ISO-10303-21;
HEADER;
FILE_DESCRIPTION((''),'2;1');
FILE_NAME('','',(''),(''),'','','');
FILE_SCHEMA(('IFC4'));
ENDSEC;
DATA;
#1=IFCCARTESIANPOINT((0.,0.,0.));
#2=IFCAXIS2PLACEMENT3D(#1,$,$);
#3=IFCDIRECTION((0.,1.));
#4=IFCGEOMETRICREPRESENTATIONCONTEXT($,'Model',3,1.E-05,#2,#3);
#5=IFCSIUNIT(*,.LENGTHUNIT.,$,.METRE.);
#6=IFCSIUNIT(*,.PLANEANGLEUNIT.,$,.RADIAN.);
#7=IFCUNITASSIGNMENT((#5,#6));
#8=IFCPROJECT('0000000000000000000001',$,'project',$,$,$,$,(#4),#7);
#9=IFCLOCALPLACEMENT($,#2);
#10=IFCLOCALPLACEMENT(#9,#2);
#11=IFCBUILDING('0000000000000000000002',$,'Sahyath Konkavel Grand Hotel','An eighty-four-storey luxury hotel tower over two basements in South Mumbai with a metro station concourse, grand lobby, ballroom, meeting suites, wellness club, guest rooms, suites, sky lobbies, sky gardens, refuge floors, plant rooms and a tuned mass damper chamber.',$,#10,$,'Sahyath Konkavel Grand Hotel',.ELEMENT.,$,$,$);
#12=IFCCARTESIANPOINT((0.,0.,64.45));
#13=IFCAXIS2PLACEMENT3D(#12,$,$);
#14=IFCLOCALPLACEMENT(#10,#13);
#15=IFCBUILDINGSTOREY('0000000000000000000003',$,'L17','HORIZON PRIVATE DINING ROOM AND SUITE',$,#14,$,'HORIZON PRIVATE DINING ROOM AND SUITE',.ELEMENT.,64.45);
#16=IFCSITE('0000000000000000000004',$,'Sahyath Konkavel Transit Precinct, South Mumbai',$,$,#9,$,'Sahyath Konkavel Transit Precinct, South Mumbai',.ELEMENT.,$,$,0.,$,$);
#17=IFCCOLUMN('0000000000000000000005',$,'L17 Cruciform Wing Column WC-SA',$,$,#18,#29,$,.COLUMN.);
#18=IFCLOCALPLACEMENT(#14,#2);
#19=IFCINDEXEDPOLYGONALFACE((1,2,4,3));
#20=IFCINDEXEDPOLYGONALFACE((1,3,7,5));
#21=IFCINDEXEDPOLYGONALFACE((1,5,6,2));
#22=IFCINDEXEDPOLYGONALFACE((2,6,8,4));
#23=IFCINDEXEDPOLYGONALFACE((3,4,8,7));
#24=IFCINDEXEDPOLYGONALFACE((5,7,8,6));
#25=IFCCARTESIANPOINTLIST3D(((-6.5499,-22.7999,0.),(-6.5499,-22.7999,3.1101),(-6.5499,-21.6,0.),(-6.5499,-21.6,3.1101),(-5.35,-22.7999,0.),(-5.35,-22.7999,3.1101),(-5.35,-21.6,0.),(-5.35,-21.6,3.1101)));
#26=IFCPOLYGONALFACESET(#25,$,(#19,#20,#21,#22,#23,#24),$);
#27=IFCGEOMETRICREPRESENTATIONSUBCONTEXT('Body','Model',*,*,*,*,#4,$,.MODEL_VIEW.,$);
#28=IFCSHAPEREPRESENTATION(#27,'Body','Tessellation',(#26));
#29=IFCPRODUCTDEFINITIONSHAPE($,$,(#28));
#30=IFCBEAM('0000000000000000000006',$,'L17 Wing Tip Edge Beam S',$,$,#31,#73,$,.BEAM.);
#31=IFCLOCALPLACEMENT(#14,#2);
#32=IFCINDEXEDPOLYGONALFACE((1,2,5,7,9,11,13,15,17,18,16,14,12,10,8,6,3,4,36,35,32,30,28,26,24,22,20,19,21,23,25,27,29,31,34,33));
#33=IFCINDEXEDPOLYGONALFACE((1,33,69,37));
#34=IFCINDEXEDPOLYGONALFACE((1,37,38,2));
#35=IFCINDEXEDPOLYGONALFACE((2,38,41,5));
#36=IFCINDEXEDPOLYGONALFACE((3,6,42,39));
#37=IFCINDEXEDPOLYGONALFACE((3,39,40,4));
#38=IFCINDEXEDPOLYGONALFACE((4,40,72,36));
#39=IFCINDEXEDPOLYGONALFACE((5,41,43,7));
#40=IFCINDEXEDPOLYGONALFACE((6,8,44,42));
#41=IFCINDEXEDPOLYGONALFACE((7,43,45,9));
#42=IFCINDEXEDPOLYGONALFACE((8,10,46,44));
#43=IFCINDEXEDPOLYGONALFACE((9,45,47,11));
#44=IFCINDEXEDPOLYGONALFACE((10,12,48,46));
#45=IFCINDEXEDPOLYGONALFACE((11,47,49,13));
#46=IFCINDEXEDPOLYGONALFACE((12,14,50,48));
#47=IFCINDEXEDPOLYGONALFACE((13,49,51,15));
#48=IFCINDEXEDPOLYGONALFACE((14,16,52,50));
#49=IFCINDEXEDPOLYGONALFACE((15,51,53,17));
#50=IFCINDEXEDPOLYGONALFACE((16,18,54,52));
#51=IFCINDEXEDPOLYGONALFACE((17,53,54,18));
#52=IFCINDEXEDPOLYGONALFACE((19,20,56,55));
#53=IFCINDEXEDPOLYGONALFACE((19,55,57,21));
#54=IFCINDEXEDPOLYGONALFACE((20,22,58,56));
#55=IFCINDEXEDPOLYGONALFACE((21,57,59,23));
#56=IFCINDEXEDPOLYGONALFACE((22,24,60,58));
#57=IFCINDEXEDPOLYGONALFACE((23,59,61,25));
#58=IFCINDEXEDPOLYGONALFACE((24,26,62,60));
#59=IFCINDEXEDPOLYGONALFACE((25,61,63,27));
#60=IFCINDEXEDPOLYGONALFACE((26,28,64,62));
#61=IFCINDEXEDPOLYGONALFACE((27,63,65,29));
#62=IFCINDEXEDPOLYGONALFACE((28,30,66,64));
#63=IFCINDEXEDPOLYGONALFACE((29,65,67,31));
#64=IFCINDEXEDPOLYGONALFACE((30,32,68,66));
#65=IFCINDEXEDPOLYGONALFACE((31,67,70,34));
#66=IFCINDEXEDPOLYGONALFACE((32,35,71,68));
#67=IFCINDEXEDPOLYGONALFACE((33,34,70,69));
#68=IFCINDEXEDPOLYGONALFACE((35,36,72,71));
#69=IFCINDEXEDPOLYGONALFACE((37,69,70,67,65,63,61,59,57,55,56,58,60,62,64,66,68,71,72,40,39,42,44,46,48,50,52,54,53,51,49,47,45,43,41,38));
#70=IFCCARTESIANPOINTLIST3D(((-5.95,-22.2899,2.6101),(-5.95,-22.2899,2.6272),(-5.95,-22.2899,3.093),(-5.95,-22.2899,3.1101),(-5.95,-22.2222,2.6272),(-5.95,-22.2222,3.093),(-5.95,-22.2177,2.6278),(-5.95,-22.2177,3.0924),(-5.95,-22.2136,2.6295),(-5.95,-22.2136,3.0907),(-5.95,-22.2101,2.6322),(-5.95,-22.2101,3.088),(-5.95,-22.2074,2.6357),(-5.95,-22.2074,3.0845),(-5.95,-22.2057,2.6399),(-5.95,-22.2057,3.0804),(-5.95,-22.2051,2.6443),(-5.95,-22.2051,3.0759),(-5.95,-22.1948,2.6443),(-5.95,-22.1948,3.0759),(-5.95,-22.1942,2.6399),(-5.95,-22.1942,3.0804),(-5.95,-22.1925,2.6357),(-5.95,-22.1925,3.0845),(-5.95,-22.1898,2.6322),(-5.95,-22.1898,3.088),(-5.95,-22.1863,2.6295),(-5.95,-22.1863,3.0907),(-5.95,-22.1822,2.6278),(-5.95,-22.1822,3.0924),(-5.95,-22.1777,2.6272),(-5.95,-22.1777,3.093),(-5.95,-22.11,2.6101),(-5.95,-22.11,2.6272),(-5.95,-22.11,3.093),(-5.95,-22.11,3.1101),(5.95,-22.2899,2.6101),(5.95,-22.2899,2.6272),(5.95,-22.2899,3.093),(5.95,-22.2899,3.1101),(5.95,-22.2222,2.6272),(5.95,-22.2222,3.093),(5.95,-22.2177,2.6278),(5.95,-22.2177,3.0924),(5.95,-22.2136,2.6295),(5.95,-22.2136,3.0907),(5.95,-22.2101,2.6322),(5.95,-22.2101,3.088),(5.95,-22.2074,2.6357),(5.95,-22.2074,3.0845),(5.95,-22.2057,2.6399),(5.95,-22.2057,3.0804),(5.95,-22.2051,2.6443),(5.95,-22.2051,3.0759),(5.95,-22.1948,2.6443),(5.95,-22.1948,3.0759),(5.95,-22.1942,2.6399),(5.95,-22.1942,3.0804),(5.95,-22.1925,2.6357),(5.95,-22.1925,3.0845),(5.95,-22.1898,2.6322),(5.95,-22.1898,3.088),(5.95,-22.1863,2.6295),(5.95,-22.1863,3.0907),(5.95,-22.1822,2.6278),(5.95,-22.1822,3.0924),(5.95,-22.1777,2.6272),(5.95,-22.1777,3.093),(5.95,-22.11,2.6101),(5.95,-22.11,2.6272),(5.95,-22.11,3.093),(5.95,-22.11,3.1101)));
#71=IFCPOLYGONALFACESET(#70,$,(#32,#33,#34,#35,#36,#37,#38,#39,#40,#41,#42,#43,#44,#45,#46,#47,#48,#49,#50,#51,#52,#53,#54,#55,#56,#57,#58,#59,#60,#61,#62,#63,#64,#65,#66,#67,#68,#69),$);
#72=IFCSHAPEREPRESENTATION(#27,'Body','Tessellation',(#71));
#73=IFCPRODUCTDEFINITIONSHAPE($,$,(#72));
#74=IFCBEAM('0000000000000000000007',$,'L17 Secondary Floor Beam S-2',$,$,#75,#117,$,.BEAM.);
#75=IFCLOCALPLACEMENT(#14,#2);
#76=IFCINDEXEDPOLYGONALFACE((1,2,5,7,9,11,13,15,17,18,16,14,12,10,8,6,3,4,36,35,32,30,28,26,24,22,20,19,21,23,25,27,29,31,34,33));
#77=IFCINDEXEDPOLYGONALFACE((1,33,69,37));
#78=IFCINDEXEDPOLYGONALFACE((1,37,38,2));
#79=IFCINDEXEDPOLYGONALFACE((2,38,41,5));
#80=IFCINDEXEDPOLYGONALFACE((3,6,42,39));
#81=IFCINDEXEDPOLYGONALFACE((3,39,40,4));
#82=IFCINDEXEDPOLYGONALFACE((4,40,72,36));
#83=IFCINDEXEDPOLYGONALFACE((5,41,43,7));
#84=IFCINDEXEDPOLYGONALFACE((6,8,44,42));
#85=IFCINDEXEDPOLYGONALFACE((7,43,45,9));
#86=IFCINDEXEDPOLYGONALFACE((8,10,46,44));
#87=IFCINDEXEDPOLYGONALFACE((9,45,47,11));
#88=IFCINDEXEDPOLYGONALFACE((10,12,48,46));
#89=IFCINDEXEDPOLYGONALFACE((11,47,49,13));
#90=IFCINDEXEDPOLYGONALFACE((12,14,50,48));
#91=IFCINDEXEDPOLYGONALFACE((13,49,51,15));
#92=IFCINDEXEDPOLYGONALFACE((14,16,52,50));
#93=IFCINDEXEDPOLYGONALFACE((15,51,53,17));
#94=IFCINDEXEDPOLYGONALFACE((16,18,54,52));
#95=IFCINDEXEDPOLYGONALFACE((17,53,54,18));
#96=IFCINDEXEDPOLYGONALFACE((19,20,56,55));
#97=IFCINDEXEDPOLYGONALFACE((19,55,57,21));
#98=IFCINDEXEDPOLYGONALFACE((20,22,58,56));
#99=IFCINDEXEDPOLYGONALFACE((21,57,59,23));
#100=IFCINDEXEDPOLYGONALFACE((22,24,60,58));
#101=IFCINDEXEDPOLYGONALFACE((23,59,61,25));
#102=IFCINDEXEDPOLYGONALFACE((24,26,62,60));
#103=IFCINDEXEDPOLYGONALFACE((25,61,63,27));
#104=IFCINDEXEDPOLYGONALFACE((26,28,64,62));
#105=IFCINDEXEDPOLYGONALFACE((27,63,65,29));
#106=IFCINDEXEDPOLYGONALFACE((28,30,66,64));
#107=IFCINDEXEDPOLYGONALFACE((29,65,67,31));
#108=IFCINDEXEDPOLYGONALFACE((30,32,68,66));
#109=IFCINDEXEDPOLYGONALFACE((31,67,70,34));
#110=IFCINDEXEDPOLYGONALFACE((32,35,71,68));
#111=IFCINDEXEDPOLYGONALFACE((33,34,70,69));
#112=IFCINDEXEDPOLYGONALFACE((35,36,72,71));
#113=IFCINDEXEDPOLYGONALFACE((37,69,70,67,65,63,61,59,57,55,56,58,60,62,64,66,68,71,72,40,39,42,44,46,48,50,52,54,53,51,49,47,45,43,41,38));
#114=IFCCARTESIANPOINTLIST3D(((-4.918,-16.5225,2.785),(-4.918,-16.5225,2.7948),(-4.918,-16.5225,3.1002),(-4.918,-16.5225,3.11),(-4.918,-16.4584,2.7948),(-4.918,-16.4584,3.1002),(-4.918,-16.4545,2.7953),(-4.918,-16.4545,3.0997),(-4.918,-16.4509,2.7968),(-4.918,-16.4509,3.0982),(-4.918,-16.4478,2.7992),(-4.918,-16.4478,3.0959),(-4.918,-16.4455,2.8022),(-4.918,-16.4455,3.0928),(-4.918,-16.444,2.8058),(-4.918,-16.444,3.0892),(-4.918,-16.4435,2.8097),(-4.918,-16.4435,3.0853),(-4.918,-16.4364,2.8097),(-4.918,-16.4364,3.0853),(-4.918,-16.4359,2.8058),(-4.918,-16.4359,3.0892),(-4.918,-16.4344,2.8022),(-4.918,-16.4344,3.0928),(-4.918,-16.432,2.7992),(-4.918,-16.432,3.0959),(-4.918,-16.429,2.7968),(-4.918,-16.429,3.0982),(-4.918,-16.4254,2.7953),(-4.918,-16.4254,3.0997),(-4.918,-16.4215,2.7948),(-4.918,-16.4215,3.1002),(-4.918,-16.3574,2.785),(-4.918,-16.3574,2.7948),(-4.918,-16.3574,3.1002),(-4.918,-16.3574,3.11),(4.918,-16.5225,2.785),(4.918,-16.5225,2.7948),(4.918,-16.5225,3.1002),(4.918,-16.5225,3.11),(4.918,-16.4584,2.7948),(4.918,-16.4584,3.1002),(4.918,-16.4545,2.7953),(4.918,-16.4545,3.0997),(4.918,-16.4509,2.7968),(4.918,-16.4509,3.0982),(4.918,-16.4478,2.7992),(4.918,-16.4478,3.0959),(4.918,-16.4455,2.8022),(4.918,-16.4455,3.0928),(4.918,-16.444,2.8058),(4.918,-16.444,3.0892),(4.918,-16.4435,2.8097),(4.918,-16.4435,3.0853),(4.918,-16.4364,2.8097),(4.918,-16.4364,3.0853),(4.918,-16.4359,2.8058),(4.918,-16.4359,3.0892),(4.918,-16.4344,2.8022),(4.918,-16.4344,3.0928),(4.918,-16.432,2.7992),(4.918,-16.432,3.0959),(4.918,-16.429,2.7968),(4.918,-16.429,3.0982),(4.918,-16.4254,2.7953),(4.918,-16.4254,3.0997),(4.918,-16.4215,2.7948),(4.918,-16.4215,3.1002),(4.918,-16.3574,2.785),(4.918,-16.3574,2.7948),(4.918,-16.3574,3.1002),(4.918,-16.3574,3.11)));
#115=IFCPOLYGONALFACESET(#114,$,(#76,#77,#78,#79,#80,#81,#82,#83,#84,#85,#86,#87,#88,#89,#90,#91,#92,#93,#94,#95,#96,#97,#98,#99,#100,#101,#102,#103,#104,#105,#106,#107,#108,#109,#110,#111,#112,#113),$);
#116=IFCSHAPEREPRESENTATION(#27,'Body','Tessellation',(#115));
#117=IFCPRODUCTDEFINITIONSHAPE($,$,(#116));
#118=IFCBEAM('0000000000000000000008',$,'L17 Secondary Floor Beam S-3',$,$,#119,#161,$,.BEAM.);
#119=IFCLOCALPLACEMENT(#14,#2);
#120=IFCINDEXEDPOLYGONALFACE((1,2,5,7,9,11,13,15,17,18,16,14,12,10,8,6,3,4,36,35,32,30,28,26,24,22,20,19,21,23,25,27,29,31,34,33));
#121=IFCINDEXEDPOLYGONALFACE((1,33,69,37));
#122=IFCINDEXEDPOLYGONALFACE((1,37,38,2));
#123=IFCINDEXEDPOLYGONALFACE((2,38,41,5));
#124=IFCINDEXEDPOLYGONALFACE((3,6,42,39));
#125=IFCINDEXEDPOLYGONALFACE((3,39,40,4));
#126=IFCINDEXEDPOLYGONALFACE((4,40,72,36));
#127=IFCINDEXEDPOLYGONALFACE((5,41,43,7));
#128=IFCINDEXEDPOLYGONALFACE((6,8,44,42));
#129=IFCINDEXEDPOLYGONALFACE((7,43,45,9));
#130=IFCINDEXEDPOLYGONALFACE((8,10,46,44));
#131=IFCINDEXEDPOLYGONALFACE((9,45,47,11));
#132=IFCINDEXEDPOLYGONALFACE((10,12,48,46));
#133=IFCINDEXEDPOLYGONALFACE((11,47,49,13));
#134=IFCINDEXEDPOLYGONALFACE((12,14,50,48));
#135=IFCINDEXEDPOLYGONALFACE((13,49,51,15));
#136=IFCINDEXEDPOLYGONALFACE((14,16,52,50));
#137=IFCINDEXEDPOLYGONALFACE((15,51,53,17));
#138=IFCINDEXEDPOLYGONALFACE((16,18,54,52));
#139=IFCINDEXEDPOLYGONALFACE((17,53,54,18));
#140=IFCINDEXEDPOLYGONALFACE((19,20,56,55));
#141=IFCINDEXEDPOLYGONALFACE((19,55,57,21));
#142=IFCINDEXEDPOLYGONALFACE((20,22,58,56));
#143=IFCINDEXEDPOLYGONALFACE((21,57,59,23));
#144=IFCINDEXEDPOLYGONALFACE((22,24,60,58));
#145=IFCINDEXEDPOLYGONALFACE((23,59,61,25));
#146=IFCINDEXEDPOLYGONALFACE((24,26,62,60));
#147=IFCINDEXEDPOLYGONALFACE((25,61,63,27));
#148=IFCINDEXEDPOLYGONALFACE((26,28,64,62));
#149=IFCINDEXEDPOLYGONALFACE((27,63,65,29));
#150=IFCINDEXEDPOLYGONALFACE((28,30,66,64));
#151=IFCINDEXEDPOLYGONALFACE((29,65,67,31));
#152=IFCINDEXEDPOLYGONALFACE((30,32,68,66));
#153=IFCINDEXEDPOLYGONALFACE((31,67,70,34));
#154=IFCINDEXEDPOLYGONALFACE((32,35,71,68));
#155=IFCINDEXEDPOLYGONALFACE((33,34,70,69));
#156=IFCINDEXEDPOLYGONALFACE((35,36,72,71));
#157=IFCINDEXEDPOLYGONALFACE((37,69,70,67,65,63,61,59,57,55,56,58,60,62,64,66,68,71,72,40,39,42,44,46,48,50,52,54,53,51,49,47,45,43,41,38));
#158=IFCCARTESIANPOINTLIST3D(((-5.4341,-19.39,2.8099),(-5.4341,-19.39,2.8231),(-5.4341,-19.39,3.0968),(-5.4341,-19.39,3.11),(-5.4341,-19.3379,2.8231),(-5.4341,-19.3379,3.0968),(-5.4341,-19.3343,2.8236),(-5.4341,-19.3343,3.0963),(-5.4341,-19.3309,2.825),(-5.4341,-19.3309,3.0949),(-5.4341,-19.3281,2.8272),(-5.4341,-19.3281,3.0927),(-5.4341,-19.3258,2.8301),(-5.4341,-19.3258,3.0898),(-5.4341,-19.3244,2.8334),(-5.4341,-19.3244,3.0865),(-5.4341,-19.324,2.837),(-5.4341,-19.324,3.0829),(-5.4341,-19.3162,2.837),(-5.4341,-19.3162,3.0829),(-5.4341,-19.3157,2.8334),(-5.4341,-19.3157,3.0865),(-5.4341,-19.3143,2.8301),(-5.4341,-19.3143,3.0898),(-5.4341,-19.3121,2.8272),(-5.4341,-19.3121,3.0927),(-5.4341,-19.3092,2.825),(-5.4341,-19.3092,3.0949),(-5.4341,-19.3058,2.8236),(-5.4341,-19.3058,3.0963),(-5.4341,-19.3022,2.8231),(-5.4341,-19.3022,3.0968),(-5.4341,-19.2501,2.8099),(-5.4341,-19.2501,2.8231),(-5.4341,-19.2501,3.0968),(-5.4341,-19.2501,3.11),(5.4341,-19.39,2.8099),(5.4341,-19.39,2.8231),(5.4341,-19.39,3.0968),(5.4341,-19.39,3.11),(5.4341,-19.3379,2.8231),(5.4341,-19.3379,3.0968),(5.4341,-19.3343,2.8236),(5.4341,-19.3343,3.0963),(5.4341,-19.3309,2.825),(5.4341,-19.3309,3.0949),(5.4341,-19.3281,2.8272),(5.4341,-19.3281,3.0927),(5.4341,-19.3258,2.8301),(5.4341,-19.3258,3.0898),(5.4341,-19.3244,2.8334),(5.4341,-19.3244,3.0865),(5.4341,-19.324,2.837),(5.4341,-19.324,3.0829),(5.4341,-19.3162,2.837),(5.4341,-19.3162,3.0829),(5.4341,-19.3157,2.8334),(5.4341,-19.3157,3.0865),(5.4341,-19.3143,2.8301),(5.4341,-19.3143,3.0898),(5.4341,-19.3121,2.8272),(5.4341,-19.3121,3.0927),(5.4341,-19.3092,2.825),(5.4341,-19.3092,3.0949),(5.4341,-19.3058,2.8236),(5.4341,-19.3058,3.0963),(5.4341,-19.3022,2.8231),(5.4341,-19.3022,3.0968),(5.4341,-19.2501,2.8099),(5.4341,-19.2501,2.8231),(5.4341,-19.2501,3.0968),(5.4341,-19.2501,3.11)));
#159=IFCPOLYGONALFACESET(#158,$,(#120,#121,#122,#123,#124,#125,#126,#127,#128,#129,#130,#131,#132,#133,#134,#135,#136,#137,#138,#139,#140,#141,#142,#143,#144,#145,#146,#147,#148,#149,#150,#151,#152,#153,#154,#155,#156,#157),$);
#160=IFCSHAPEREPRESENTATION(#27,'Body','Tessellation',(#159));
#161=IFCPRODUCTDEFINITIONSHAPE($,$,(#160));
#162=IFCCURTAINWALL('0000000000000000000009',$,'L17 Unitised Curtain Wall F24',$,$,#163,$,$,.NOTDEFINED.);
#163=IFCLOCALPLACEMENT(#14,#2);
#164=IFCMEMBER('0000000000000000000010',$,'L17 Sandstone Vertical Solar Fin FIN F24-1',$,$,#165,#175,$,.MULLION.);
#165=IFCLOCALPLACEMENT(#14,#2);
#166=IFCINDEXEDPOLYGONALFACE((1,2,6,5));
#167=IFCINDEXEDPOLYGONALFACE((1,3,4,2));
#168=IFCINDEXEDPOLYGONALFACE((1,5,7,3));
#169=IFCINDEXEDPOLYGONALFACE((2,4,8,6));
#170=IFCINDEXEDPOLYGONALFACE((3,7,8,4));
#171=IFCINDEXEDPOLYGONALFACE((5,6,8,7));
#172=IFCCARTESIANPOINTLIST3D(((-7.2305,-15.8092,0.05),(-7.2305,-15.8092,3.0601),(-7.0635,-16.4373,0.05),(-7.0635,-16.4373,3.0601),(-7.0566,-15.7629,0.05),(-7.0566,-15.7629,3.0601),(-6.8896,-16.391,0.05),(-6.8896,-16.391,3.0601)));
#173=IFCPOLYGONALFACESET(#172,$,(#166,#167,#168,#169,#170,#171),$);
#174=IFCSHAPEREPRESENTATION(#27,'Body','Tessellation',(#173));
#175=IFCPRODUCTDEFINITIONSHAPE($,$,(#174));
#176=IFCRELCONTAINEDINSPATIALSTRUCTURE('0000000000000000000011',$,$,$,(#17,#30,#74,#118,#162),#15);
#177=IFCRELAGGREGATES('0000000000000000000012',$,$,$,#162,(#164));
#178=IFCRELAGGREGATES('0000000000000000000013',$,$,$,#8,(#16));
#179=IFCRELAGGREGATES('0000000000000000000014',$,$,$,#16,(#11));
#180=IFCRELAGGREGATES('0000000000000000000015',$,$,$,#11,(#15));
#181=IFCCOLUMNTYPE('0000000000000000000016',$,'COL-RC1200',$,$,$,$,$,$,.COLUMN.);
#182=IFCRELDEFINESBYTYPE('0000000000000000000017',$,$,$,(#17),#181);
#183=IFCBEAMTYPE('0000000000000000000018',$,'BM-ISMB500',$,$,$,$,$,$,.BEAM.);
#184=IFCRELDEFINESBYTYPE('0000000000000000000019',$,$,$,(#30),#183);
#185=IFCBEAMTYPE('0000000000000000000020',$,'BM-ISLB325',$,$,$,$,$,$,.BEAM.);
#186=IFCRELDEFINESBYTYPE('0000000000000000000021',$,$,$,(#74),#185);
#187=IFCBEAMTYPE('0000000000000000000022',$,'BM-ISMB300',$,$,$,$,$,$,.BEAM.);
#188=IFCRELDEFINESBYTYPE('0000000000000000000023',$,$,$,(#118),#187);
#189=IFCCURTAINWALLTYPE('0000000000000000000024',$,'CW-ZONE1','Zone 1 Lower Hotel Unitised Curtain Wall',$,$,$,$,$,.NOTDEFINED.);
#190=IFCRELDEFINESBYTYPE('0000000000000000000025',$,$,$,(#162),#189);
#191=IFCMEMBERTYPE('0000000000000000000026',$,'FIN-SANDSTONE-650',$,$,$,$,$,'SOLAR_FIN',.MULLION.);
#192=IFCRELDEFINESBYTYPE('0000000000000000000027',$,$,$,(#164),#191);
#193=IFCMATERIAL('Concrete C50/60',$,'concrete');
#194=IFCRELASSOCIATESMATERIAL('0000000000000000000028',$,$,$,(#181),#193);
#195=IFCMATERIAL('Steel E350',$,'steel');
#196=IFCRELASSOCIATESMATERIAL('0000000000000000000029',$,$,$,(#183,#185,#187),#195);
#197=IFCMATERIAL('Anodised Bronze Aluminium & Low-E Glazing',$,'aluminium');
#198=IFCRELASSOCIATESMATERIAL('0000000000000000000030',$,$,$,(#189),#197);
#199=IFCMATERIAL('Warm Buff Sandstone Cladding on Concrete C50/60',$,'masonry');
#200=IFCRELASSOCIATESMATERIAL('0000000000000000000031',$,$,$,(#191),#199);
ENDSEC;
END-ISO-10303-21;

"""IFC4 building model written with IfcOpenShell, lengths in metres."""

from ifc_helpers import new_model, si_unit, direction, frame, origin, origin_2d, place, context, subcontext, project, spatial, rectangle, i_section, extrude, source, transform, mapped, material, material_profile, profile_set, type_object, element, aggregate, save


model = new_model("IFC4")

# Units and contexts
model_context = context("Model", 3, precision=1e-05, world=origin(), true_north=direction((0.0, 1.0)))
body_context = subcontext(model_context, "Body", "Model", "MODEL_VIEW")
ifc_project = project(units=[si_unit("LENGTHUNIT", "METRE"), si_unit("PLANEANGLEUNIT", "RADIAN")], contexts=[model_context])

# Site, building, storey
site_placement = place(None, origin())
site = spatial("IfcSite", under=ifc_project, at=site_placement, Name="Sahyath Konkavel Transit Precinct, South Mumbai", LongName="Sahyath Konkavel Transit Precinct, South Mumbai", CompositionType="ELEMENT", RefElevation=0.0)
building_placement = place(site_placement, origin())
building = spatial("IfcBuilding", under=site, at=building_placement, Name="Sahyath Konkavel Grand Hotel", Description="An eighty-four-storey luxury hotel tower over two basements in South Mumbai with a metro station concourse, grand lobby, ballroom, meeting suites, wellness club, guest rooms, suites, sky lobbies, sky gardens, refuge floors, plant rooms and a tuned mass damper chamber.", LongName="Sahyath Konkavel Grand Hotel", CompositionType="ELEMENT")
storey_placement = place(building_placement, frame((0.0, 0.0, 64.45)))
storey = spatial("IfcBuildingStorey", under=building, at=storey_placement, Name="L17", Description="HORIZON PRIVATE DINING ROOM AND SUITE", LongName="HORIZON PRIVATE DINING ROOM AND SUITE", CompositionType="ELEMENT", Elevation=64.45)

# Column
ifc_material_1 = material(Name="Concrete C50/60", Category="concrete")
ifc_material_profile_1 = material_profile(ifc_material_1, rectangle(XDim=1.2, YDim=1.2, at=origin_2d()), Name="RC 1200x1200")
ifc_profile_set_1 = profile_set([ifc_material_profile_1], Name="Concrete C50/60")
column_type = type_object("IfcColumnType", Name="COL-RC1200", PredefinedType="COLUMN", material=ifc_profile_set_1)
shared_shape_1 = source(origin(), body_context, "Body", "SweptSolid", [
    extrude(rectangle(XDim=1.2, YDim=1.2, at=origin_2d()), origin(), (0.0, 0.0, 1.0), 3.1101),
])
column_placement = place(storey_placement, frame((-5.95, -22.2, 0.0), z_axis=(0.0, 0.0, 1.0), x_axis=(1.0, 0.0, 0.0)))
element("IfcColumn", 1, at=column_placement, inside=storey, type_object=column_type, Name="L17 Cruciform Wing Column WC-SA", PredefinedType="COLUMN", context=body_context, shape_type="MappedRepresentation", body=[
    mapped(shared_shape_1, transform((0.0, 0.0, 0.0), scale=1.0)),
])

# Beams
ifc_material_2 = material(Name="Steel E350", Category="steel")
ifc_material_profile_2 = material_profile(ifc_material_2, i_section(OverallWidth=0.1799, OverallDepth=0.5, WebThickness=0.0103, FlangeThickness=0.0171, FilletRadius=0.0171, at=origin_2d()), Name="ISMB 500")
ifc_profile_set_2 = profile_set([ifc_material_profile_2], Name="Steel E350")
beam_type_1 = type_object("IfcBeamType", Name="BM-ISMB500", PredefinedType="BEAM", material=ifc_profile_set_2)
shared_shape_2 = source(origin(), body_context, "Body", "SweptSolid", [
    extrude(i_section(OverallWidth=0.1799, OverallDepth=0.5, WebThickness=0.0103, FlangeThickness=0.0171, FilletRadius=0.0171, at=origin_2d()), origin(), (0.0, 0.0, 1.0), 11.8999),
])
beam_1_placement = place(storey_placement, frame((-5.95, -22.2, 2.8601), z_axis=(1.0, 0.0, 0.0), x_axis=(0.0, 1.0, 0.0)))
element("IfcBeam", 2, at=beam_1_placement, inside=storey, type_object=beam_type_1, Name="L17 Wing Tip Edge Beam S", PredefinedType="BEAM", context=body_context, shape_type="MappedRepresentation", body=[
    mapped(shared_shape_2, transform((0.0, 0.0, 0.0), scale=1.0)),
])
ifc_material_profile_3 = material_profile(ifc_material_2, i_section(OverallWidth=0.165, OverallDepth=0.325, WebThickness=0.0071, FlangeThickness=0.0098, FilletRadius=0.0149, at=origin_2d()), Name="ISLB 325")
ifc_profile_set_3 = profile_set([ifc_material_profile_3], Name="Steel E350")
beam_type_2 = type_object("IfcBeamType", Name="BM-ISLB325", PredefinedType="BEAM", material=ifc_profile_set_3)
shared_shape_3 = source(origin(), body_context, "Body", "SweptSolid", [
    extrude(i_section(OverallWidth=0.165, OverallDepth=0.325, WebThickness=0.0071, FlangeThickness=0.0098, FilletRadius=0.0149, at=origin_2d()), origin(), (0.0, 0.0, 1.0), 9.8359),
])
beam_2_placement = place(storey_placement, frame((-4.918, -16.4399, 2.9475), z_axis=(1.0, 0.0, 0.0), x_axis=(0.0, 1.0, 0.0)))
element("IfcBeam", 3, at=beam_2_placement, inside=storey, type_object=beam_type_2, Name="L17 Secondary Floor Beam S-2", PredefinedType="BEAM", context=body_context, shape_type="MappedRepresentation", body=[
    mapped(shared_shape_3, transform((0.0, 0.0, 0.0), scale=1.0)),
])
ifc_material_profile_4 = material_profile(ifc_material_2, i_section(OverallWidth=0.1399, OverallDepth=0.3, WebThickness=0.0078, FlangeThickness=0.0132, FilletRadius=0.0139, at=origin_2d()), Name="ISMB 300")
ifc_profile_set_4 = profile_set([ifc_material_profile_4], Name="Steel E350")
beam_type_3 = type_object("IfcBeamType", Name="BM-ISMB300", PredefinedType="BEAM", material=ifc_profile_set_4)
shared_shape_4 = source(origin(), body_context, "Body", "SweptSolid", [
    extrude(i_section(OverallWidth=0.1399, OverallDepth=0.3, WebThickness=0.0078, FlangeThickness=0.0132, FilletRadius=0.0139, at=origin_2d()), origin(), (0.0, 0.0, 1.0), 10.8682),
])
beam_3_placement = place(storey_placement, frame((-5.4341, -19.3201, 2.96), z_axis=(1.0, 0.0, 0.0), x_axis=(0.0, 1.0, 0.0)))
element("IfcBeam", 4, at=beam_3_placement, inside=storey, type_object=beam_type_3, Name="L17 Secondary Floor Beam S-3", PredefinedType="BEAM", context=body_context, shape_type="MappedRepresentation", body=[
    mapped(shared_shape_4, transform((0.0, 0.0, 0.0), scale=1.0)),
])

# Curtain wall, member
ifc_material_3 = material(Name="Anodised Bronze Aluminium & Low-E Glazing", Category="aluminium")
curtain_wall_type = type_object("IfcCurtainWallType", Name="CW-ZONE1", Description="Zone 1 Lower Hotel Unitised Curtain Wall", PredefinedType="NOTDEFINED", material=ifc_material_3)
curtain_wall_1_placement = place(storey_placement, origin())
curtain_wall_1 = element("IfcCurtainWall", 5, at=curtain_wall_1_placement, inside=storey, type_object=curtain_wall_type, Name="L17 Unitised Curtain Wall F24", PredefinedType="NOTDEFINED")
ifc_material_4 = material(Name="Warm Buff Sandstone Cladding on Concrete C50/60", Category="masonry")
ifc_material_profile_5 = material_profile(ifc_material_4, rectangle(XDim=0.1799, YDim=0.6499, at=origin_2d()), Name="FIN 180x650")
ifc_profile_set_5 = profile_set([ifc_material_profile_5], Name="Warm Buff Sandstone Cladding on Concrete C50/60")
member_type_1 = type_object("IfcMemberType", Name="FIN-SANDSTONE-650", ElementType="SOLAR_FIN", PredefinedType="MULLION", material=ifc_profile_set_5)
shared_shape_5 = source(origin(), body_context, "Body", "SweptSolid", [
    extrude(rectangle(XDim=0.1799, YDim=0.6499, at=origin_2d()), origin(), (0.0, 0.0, 1.0), 3.01),
])
member_1_placement = place(storey_placement, frame((-7.0601, -16.1001, 0.05), z_axis=(0.0, 0.0, 1.0), x_axis=(0.966421, 0.256964, 0.0)))
member_1 = element("IfcMember", 6, at=member_1_placement, type_object=member_type_1, Name="L17 Sandstone Vertical Solar Fin FIN F24-1", PredefinedType="MULLION", context=body_context, shape_type="MappedRepresentation", body=[
    mapped(shared_shape_5, transform((0.0, 0.0, 0.0), scale=1.0)),
])

aggregate(curtain_wall_1, [member_1])

save(model, "model.ifc")
